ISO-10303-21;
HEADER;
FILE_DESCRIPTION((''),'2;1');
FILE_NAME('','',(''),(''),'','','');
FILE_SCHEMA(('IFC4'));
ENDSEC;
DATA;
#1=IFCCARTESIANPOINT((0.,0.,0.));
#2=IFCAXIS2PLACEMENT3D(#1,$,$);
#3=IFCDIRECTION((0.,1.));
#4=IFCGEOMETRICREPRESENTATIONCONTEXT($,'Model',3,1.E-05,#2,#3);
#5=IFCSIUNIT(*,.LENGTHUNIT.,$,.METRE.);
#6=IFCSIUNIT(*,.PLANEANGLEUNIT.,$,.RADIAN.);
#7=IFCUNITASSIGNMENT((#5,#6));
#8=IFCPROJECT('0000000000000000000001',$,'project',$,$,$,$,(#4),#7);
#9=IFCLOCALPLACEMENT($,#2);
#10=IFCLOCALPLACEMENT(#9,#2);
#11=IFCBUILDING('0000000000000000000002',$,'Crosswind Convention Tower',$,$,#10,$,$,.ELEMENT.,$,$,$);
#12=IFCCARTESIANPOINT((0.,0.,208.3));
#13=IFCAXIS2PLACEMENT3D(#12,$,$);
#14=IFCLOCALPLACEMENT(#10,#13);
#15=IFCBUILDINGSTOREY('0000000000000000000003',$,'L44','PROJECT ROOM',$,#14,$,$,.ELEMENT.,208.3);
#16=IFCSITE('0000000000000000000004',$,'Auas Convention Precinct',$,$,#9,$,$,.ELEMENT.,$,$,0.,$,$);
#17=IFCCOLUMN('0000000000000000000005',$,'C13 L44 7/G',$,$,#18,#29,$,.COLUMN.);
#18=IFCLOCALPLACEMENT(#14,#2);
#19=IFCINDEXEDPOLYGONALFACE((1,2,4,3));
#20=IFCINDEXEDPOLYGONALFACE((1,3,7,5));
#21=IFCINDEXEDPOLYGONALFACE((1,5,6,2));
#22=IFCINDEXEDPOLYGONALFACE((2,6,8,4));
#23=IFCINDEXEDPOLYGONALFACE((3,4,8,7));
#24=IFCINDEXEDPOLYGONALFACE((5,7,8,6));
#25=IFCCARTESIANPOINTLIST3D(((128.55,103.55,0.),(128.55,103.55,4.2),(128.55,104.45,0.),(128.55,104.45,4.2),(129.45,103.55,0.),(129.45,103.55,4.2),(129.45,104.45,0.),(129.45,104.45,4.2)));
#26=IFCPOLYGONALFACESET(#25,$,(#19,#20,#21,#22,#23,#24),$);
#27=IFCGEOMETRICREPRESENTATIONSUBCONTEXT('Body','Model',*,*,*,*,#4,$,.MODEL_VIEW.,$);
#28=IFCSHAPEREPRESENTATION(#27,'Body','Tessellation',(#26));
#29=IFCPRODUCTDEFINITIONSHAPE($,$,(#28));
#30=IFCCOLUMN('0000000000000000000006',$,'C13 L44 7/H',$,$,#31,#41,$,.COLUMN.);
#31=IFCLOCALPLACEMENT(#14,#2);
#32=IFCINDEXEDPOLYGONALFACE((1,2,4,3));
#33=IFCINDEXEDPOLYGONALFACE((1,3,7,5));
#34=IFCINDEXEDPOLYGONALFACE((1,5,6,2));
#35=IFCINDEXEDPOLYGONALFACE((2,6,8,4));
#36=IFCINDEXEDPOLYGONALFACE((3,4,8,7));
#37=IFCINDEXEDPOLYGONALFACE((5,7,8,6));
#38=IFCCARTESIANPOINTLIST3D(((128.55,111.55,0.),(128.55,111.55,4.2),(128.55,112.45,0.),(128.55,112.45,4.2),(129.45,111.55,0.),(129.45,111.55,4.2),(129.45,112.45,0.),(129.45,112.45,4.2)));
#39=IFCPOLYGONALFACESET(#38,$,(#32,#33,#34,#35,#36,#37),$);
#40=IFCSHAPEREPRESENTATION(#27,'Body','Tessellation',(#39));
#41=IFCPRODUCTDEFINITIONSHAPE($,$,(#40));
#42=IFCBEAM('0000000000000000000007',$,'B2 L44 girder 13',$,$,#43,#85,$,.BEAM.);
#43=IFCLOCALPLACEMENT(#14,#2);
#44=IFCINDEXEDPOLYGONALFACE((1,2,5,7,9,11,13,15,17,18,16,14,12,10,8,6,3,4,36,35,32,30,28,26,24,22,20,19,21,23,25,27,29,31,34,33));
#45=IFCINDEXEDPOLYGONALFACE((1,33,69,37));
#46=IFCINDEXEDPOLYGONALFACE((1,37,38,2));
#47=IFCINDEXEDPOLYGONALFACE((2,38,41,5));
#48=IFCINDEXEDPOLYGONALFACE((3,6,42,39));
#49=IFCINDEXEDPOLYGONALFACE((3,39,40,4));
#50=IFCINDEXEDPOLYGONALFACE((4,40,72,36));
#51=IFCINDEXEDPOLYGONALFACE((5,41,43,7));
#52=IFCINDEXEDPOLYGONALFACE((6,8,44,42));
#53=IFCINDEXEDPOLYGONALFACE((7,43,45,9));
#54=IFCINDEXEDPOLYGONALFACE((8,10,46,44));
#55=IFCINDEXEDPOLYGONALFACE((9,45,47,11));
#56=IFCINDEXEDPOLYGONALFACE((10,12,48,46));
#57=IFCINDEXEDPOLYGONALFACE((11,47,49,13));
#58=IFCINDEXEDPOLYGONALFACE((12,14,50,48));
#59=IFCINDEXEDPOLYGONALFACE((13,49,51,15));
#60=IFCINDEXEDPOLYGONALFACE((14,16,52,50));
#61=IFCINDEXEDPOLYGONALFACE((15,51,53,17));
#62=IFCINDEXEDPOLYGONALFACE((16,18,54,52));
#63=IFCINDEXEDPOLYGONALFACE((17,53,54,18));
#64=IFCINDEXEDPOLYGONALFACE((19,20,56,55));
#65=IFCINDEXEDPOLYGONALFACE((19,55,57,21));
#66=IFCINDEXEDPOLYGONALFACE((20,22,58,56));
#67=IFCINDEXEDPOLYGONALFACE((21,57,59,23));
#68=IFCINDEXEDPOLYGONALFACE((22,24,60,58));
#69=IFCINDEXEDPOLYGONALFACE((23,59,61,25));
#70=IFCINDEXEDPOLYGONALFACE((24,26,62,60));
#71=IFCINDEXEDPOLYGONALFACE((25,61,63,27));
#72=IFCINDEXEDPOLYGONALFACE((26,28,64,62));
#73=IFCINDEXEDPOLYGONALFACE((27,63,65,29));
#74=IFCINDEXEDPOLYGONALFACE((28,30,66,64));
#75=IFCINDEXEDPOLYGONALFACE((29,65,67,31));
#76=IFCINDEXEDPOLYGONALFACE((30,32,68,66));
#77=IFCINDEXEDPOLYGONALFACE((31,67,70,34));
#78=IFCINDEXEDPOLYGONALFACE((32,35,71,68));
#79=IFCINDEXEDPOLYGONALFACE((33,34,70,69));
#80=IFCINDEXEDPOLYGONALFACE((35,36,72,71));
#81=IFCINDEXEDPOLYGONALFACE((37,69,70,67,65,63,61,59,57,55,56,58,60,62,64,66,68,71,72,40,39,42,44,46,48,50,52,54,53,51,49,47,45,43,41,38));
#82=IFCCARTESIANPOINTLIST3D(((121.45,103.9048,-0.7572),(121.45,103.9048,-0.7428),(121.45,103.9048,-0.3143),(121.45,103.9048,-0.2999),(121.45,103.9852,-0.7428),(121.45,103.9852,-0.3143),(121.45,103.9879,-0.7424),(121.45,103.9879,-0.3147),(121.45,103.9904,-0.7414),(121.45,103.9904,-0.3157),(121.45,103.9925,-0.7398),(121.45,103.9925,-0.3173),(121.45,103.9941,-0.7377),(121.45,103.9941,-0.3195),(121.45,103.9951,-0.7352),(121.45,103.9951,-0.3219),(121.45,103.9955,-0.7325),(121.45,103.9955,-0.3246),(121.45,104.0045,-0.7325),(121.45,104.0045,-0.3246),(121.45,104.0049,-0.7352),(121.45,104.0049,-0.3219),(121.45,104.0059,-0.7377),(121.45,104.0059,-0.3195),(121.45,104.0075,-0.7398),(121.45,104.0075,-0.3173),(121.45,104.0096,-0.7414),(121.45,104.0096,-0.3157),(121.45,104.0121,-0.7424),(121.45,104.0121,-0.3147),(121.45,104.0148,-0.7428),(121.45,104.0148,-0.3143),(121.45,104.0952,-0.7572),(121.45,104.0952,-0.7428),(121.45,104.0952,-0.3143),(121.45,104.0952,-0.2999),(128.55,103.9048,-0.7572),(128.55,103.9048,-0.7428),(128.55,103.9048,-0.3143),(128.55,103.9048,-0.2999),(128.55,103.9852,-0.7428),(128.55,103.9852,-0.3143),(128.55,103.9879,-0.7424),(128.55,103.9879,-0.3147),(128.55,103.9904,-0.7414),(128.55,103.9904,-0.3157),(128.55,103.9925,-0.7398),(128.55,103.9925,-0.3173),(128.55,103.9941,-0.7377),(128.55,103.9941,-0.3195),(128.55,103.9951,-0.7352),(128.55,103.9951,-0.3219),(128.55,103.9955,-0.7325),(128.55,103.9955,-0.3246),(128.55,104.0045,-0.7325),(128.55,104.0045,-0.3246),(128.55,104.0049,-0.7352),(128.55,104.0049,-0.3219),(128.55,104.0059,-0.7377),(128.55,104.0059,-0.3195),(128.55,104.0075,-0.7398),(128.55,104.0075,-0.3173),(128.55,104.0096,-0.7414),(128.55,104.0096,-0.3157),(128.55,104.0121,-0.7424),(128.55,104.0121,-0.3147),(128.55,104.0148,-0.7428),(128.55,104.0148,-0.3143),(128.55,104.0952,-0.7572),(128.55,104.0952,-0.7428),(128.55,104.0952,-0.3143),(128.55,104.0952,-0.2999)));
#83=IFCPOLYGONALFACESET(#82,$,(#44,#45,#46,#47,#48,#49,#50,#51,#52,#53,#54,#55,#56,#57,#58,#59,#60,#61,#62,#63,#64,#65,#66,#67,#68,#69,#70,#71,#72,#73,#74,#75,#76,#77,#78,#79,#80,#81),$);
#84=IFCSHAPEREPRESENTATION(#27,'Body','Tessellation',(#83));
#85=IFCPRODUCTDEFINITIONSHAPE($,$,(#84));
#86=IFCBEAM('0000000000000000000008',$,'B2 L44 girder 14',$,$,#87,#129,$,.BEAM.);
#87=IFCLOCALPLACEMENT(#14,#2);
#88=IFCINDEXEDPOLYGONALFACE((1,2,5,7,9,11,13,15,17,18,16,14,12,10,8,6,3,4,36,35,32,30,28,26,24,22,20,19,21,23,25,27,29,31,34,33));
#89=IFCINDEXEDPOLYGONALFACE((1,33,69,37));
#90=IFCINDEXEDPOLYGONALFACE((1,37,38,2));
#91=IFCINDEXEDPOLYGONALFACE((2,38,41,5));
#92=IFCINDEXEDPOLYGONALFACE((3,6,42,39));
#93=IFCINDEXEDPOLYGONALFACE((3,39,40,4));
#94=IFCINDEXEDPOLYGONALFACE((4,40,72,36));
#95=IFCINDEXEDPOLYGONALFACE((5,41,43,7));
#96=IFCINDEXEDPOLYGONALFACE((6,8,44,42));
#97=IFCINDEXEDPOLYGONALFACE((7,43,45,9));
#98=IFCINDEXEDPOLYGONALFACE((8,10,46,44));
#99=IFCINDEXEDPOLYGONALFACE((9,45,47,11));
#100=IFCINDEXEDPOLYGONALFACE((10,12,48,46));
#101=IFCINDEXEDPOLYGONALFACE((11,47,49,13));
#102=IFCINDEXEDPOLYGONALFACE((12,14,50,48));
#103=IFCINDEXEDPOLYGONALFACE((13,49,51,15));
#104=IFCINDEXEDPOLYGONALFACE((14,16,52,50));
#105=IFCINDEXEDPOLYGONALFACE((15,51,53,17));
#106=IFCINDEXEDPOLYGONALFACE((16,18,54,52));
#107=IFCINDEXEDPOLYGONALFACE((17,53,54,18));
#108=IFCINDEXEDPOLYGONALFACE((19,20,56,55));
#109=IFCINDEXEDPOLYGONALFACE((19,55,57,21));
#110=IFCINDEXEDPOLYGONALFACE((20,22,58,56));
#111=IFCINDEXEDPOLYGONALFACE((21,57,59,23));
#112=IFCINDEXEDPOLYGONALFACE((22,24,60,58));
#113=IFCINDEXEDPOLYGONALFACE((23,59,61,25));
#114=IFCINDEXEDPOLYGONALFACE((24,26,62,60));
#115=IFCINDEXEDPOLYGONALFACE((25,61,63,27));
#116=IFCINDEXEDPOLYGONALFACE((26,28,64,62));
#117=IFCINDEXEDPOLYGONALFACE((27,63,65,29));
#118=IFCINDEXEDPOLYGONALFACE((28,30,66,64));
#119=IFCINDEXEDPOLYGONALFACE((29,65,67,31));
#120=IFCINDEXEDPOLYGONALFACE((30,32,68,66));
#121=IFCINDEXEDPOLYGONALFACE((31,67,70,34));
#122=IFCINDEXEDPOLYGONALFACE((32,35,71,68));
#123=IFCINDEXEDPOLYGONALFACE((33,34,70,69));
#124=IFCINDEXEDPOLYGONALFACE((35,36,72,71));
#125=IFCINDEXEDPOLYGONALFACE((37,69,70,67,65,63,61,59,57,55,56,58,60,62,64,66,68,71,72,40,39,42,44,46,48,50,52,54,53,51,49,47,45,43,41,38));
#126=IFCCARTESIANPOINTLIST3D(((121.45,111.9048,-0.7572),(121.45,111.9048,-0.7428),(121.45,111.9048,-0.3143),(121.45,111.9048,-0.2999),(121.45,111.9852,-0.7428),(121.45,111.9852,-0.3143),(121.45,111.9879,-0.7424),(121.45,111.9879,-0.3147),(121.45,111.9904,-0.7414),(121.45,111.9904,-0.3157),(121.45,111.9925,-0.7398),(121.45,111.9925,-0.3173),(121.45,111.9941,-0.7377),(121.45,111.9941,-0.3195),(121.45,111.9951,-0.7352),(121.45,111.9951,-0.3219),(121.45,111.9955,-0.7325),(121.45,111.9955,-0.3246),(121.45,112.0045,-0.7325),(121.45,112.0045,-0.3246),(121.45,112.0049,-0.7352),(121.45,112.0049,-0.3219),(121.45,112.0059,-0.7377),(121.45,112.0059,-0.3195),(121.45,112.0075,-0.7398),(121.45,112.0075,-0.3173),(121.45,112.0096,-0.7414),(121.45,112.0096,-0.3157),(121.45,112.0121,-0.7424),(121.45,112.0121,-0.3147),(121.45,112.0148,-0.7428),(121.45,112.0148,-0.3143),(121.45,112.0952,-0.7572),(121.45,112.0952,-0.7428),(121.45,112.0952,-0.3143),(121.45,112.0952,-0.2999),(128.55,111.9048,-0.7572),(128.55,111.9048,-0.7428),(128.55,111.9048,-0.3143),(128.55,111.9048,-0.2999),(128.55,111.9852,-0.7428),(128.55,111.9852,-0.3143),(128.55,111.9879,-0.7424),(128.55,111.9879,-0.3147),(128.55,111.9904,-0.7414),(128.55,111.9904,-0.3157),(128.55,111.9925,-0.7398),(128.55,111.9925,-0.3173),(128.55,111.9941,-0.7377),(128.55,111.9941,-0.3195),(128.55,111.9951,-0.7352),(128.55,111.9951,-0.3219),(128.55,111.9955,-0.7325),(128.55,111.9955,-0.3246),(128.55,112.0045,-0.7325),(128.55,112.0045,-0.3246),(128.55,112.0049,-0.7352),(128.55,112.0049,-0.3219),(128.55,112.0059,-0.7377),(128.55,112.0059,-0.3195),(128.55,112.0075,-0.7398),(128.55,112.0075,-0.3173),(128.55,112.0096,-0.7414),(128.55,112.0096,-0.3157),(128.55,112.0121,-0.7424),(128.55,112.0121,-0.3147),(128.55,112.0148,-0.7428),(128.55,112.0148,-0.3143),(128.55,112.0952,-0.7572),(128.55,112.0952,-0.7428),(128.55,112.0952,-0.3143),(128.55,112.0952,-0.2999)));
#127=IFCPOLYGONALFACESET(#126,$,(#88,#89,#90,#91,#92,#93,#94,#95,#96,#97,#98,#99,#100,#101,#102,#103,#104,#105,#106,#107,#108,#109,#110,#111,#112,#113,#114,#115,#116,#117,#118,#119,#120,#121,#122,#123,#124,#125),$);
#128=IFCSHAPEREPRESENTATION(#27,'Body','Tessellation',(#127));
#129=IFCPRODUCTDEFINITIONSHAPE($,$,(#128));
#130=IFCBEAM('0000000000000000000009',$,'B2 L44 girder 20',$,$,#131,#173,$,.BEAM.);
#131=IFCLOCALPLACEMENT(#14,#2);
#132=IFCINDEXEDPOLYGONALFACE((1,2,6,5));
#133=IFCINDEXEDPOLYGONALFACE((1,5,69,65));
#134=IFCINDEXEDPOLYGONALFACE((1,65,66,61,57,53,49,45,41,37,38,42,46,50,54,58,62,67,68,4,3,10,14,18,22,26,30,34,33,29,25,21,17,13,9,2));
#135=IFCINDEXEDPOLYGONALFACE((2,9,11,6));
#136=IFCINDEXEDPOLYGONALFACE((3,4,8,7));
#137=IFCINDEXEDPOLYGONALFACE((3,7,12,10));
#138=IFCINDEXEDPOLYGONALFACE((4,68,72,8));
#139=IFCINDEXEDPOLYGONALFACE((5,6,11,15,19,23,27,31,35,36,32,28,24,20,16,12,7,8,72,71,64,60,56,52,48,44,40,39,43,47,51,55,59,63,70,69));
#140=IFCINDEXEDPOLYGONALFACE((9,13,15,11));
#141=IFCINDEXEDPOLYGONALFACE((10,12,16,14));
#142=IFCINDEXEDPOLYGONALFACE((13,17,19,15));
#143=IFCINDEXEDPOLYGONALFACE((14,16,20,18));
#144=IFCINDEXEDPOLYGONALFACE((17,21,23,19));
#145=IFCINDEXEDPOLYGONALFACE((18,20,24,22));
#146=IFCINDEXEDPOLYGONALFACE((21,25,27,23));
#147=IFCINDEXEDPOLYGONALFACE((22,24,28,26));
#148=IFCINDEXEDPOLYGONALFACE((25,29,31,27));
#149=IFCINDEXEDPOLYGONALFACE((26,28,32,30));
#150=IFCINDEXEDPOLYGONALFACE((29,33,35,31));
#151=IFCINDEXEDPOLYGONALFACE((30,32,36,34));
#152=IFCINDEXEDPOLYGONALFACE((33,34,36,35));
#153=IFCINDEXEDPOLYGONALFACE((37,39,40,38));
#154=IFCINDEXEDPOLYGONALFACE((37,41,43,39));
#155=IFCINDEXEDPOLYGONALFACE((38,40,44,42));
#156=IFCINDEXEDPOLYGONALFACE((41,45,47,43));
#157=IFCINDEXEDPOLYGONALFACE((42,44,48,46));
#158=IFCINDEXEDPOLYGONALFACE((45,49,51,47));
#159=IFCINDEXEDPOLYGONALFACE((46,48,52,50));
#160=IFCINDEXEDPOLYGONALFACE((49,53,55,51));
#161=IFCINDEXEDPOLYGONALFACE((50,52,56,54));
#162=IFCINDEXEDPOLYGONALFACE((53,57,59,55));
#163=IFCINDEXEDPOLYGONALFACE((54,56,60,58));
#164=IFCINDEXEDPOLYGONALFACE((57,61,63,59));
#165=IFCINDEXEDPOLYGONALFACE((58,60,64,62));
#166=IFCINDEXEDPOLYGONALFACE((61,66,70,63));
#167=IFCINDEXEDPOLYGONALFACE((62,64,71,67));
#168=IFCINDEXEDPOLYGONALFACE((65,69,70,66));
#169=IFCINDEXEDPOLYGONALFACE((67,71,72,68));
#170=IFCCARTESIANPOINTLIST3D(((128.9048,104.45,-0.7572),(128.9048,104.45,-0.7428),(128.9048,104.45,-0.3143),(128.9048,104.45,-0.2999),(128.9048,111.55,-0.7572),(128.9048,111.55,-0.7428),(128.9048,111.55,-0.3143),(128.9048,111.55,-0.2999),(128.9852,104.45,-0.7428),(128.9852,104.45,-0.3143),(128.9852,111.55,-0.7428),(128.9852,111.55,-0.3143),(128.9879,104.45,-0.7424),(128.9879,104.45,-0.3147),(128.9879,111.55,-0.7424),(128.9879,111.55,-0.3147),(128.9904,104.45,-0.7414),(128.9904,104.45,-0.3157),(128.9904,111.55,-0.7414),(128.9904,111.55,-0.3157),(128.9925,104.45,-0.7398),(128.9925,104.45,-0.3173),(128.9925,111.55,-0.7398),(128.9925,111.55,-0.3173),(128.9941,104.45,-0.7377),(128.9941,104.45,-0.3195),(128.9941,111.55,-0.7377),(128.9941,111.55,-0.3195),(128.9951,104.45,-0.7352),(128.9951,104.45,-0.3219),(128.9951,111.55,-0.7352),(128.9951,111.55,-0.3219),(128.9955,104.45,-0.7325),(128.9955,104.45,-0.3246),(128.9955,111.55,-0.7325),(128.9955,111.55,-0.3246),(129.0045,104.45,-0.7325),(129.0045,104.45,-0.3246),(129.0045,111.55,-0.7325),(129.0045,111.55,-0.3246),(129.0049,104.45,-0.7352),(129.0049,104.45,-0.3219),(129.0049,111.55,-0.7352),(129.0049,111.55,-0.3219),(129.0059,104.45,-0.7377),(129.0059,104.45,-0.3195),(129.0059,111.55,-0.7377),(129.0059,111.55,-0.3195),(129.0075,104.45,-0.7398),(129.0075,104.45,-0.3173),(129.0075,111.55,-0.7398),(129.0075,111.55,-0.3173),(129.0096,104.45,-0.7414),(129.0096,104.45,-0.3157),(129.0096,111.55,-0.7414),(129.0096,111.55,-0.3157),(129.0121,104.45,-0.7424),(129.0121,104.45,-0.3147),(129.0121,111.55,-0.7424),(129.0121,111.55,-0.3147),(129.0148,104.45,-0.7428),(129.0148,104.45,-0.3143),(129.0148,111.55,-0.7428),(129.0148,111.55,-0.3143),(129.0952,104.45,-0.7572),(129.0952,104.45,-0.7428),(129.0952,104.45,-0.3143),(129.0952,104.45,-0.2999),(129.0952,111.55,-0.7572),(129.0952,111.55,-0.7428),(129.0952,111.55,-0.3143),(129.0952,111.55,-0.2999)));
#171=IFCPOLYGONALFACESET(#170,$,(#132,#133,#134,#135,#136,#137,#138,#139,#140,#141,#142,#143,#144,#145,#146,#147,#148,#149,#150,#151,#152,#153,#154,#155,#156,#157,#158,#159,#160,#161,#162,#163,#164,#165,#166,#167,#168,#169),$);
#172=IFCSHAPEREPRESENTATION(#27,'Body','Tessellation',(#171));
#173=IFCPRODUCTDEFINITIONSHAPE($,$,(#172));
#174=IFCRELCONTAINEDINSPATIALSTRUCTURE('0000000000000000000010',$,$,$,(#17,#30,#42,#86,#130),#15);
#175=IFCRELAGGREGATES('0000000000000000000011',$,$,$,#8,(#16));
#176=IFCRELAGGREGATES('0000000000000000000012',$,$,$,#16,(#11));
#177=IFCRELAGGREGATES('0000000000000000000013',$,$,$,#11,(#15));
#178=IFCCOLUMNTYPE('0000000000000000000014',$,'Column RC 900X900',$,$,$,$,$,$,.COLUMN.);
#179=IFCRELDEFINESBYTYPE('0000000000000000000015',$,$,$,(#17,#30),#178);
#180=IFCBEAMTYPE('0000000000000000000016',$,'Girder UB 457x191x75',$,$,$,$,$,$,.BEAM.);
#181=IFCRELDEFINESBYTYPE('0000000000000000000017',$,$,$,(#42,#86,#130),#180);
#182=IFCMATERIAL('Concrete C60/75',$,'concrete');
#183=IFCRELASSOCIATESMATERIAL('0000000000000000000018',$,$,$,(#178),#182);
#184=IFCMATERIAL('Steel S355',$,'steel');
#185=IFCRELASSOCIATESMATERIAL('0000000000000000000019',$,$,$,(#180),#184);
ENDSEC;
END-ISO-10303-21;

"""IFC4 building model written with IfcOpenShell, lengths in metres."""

from ifc_helpers import new_model, si_unit, direction, frame, origin, origin_2d, place, context, subcontext, project, spatial, rectangle, i_section, extrude, material, material_profile, profile_set, type_object, element, save


model = new_model("IFC4")

# Units and contexts
model_context = context("Model", 3, precision=1e-05, world=origin(), true_north=direction((0.0, 1.0)))
body_context = subcontext(model_context, "Body", "Model", "MODEL_VIEW")
ifc_project = project(units=[si_unit("LENGTHUNIT", "METRE"), si_unit("PLANEANGLEUNIT", "RADIAN")], contexts=[model_context])

# Site, building, storey
site_placement = place(None, origin())
site = spatial("IfcSite", under=ifc_project, at=site_placement, Name="Auas Convention Precinct", CompositionType="ELEMENT", RefElevation=0.0)
building_placement = place(site_placement, origin())
building = spatial("IfcBuilding", under=site, at=building_placement, Name="Crosswind Convention Tower", CompositionType="ELEMENT")
storey_placement = place(building_placement, frame((0.0, 0.0, 208.3)))
storey = spatial("IfcBuildingStorey", under=building, at=storey_placement, Name="L44", Description="PROJECT ROOM", CompositionType="ELEMENT", Elevation=208.3)

# Columns
ifc_material_1 = material(Name="Concrete C60/75", Category="concrete")
ifc_material_profile_1 = material_profile(ifc_material_1, rectangle(XDim=0.8999, YDim=0.8999, at=origin_2d()), Name="RC 900X900")
ifc_profile_set_1 = profile_set([ifc_material_profile_1], Name="Concrete C60/75")
column_type = type_object("IfcColumnType", Name="Column RC 900X900", PredefinedType="COLUMN", material=ifc_profile_set_1)
for number, where, z_axis, x_axis, name in (
    (1, (129.0, 104.0, 0.0), (0.0, 0.0, 1.0), (1.0, 0.0, 0.0), "C13 L44 7/G"),
    (2, (129.0, 112.0, 0.0), (0.0, 0.0, 1.0), (1.0, 0.0, 0.0), "C13 L44 7/H"),
):
    element("IfcColumn", number, at=place(storey_placement, frame(where, z_axis=z_axis, x_axis=x_axis)), inside=storey, type_object=column_type, Name=name, PredefinedType="COLUMN", context=body_context, shape_type="SweptSolid", body=[
        extrude(rectangle(XDim=0.8999, YDim=0.8999, at=origin_2d()), origin(), (0.0, 0.0, 1.0), 4.2),
    ])

# Beams
ifc_material_2 = material(Name="Steel S355", Category="steel")
ifc_material_profile_2 = material_profile(ifc_material_2, i_section(OverallWidth=0.1904, OverallDepth=0.4573, WebThickness=0.009, FlangeThickness=0.0144, FilletRadius=0.0103, at=origin_2d()), Name="UB 457x191x75")
ifc_profile_set_2 = profile_set([ifc_material_profile_2], Name="Steel S355")
beam_type_1 = type_object("IfcBeamType", Name="Girder UB 457x191x75", PredefinedType="BEAM", material=ifc_profile_set_2)
for number, where, z_axis, x_axis, name in (
    (3, (121.45, 104.0, -0.5286), (1.0, 0.0, 0.0), (0.0, 1.0, 0.0), "B2 L44 girder 13"),
    (4, (121.45, 112.0, -0.5286), (1.0, 0.0, 0.0), (0.0, 1.0, 0.0), "B2 L44 girder 14"),
    (5, (129.0, 104.45, -0.5286), (0.0, 1.0, 0.0), (-1.0, 0.0, 0.0), "B2 L44 girder 20"),
):
    element("IfcBeam", number, at=place(storey_placement, frame(where, z_axis=z_axis, x_axis=x_axis)), inside=storey, type_object=beam_type_1, Name=name, PredefinedType="BEAM", context=body_context, shape_type="SweptSolid", body=[
        extrude(i_section(OverallWidth=0.1904, OverallDepth=0.4573, WebThickness=0.009, FlangeThickness=0.0144, FilletRadius=0.0103, at=origin_2d()), origin(), (0.0, 0.0, 1.0), 7.1001),
    ])

save(model, "model.ifc")
